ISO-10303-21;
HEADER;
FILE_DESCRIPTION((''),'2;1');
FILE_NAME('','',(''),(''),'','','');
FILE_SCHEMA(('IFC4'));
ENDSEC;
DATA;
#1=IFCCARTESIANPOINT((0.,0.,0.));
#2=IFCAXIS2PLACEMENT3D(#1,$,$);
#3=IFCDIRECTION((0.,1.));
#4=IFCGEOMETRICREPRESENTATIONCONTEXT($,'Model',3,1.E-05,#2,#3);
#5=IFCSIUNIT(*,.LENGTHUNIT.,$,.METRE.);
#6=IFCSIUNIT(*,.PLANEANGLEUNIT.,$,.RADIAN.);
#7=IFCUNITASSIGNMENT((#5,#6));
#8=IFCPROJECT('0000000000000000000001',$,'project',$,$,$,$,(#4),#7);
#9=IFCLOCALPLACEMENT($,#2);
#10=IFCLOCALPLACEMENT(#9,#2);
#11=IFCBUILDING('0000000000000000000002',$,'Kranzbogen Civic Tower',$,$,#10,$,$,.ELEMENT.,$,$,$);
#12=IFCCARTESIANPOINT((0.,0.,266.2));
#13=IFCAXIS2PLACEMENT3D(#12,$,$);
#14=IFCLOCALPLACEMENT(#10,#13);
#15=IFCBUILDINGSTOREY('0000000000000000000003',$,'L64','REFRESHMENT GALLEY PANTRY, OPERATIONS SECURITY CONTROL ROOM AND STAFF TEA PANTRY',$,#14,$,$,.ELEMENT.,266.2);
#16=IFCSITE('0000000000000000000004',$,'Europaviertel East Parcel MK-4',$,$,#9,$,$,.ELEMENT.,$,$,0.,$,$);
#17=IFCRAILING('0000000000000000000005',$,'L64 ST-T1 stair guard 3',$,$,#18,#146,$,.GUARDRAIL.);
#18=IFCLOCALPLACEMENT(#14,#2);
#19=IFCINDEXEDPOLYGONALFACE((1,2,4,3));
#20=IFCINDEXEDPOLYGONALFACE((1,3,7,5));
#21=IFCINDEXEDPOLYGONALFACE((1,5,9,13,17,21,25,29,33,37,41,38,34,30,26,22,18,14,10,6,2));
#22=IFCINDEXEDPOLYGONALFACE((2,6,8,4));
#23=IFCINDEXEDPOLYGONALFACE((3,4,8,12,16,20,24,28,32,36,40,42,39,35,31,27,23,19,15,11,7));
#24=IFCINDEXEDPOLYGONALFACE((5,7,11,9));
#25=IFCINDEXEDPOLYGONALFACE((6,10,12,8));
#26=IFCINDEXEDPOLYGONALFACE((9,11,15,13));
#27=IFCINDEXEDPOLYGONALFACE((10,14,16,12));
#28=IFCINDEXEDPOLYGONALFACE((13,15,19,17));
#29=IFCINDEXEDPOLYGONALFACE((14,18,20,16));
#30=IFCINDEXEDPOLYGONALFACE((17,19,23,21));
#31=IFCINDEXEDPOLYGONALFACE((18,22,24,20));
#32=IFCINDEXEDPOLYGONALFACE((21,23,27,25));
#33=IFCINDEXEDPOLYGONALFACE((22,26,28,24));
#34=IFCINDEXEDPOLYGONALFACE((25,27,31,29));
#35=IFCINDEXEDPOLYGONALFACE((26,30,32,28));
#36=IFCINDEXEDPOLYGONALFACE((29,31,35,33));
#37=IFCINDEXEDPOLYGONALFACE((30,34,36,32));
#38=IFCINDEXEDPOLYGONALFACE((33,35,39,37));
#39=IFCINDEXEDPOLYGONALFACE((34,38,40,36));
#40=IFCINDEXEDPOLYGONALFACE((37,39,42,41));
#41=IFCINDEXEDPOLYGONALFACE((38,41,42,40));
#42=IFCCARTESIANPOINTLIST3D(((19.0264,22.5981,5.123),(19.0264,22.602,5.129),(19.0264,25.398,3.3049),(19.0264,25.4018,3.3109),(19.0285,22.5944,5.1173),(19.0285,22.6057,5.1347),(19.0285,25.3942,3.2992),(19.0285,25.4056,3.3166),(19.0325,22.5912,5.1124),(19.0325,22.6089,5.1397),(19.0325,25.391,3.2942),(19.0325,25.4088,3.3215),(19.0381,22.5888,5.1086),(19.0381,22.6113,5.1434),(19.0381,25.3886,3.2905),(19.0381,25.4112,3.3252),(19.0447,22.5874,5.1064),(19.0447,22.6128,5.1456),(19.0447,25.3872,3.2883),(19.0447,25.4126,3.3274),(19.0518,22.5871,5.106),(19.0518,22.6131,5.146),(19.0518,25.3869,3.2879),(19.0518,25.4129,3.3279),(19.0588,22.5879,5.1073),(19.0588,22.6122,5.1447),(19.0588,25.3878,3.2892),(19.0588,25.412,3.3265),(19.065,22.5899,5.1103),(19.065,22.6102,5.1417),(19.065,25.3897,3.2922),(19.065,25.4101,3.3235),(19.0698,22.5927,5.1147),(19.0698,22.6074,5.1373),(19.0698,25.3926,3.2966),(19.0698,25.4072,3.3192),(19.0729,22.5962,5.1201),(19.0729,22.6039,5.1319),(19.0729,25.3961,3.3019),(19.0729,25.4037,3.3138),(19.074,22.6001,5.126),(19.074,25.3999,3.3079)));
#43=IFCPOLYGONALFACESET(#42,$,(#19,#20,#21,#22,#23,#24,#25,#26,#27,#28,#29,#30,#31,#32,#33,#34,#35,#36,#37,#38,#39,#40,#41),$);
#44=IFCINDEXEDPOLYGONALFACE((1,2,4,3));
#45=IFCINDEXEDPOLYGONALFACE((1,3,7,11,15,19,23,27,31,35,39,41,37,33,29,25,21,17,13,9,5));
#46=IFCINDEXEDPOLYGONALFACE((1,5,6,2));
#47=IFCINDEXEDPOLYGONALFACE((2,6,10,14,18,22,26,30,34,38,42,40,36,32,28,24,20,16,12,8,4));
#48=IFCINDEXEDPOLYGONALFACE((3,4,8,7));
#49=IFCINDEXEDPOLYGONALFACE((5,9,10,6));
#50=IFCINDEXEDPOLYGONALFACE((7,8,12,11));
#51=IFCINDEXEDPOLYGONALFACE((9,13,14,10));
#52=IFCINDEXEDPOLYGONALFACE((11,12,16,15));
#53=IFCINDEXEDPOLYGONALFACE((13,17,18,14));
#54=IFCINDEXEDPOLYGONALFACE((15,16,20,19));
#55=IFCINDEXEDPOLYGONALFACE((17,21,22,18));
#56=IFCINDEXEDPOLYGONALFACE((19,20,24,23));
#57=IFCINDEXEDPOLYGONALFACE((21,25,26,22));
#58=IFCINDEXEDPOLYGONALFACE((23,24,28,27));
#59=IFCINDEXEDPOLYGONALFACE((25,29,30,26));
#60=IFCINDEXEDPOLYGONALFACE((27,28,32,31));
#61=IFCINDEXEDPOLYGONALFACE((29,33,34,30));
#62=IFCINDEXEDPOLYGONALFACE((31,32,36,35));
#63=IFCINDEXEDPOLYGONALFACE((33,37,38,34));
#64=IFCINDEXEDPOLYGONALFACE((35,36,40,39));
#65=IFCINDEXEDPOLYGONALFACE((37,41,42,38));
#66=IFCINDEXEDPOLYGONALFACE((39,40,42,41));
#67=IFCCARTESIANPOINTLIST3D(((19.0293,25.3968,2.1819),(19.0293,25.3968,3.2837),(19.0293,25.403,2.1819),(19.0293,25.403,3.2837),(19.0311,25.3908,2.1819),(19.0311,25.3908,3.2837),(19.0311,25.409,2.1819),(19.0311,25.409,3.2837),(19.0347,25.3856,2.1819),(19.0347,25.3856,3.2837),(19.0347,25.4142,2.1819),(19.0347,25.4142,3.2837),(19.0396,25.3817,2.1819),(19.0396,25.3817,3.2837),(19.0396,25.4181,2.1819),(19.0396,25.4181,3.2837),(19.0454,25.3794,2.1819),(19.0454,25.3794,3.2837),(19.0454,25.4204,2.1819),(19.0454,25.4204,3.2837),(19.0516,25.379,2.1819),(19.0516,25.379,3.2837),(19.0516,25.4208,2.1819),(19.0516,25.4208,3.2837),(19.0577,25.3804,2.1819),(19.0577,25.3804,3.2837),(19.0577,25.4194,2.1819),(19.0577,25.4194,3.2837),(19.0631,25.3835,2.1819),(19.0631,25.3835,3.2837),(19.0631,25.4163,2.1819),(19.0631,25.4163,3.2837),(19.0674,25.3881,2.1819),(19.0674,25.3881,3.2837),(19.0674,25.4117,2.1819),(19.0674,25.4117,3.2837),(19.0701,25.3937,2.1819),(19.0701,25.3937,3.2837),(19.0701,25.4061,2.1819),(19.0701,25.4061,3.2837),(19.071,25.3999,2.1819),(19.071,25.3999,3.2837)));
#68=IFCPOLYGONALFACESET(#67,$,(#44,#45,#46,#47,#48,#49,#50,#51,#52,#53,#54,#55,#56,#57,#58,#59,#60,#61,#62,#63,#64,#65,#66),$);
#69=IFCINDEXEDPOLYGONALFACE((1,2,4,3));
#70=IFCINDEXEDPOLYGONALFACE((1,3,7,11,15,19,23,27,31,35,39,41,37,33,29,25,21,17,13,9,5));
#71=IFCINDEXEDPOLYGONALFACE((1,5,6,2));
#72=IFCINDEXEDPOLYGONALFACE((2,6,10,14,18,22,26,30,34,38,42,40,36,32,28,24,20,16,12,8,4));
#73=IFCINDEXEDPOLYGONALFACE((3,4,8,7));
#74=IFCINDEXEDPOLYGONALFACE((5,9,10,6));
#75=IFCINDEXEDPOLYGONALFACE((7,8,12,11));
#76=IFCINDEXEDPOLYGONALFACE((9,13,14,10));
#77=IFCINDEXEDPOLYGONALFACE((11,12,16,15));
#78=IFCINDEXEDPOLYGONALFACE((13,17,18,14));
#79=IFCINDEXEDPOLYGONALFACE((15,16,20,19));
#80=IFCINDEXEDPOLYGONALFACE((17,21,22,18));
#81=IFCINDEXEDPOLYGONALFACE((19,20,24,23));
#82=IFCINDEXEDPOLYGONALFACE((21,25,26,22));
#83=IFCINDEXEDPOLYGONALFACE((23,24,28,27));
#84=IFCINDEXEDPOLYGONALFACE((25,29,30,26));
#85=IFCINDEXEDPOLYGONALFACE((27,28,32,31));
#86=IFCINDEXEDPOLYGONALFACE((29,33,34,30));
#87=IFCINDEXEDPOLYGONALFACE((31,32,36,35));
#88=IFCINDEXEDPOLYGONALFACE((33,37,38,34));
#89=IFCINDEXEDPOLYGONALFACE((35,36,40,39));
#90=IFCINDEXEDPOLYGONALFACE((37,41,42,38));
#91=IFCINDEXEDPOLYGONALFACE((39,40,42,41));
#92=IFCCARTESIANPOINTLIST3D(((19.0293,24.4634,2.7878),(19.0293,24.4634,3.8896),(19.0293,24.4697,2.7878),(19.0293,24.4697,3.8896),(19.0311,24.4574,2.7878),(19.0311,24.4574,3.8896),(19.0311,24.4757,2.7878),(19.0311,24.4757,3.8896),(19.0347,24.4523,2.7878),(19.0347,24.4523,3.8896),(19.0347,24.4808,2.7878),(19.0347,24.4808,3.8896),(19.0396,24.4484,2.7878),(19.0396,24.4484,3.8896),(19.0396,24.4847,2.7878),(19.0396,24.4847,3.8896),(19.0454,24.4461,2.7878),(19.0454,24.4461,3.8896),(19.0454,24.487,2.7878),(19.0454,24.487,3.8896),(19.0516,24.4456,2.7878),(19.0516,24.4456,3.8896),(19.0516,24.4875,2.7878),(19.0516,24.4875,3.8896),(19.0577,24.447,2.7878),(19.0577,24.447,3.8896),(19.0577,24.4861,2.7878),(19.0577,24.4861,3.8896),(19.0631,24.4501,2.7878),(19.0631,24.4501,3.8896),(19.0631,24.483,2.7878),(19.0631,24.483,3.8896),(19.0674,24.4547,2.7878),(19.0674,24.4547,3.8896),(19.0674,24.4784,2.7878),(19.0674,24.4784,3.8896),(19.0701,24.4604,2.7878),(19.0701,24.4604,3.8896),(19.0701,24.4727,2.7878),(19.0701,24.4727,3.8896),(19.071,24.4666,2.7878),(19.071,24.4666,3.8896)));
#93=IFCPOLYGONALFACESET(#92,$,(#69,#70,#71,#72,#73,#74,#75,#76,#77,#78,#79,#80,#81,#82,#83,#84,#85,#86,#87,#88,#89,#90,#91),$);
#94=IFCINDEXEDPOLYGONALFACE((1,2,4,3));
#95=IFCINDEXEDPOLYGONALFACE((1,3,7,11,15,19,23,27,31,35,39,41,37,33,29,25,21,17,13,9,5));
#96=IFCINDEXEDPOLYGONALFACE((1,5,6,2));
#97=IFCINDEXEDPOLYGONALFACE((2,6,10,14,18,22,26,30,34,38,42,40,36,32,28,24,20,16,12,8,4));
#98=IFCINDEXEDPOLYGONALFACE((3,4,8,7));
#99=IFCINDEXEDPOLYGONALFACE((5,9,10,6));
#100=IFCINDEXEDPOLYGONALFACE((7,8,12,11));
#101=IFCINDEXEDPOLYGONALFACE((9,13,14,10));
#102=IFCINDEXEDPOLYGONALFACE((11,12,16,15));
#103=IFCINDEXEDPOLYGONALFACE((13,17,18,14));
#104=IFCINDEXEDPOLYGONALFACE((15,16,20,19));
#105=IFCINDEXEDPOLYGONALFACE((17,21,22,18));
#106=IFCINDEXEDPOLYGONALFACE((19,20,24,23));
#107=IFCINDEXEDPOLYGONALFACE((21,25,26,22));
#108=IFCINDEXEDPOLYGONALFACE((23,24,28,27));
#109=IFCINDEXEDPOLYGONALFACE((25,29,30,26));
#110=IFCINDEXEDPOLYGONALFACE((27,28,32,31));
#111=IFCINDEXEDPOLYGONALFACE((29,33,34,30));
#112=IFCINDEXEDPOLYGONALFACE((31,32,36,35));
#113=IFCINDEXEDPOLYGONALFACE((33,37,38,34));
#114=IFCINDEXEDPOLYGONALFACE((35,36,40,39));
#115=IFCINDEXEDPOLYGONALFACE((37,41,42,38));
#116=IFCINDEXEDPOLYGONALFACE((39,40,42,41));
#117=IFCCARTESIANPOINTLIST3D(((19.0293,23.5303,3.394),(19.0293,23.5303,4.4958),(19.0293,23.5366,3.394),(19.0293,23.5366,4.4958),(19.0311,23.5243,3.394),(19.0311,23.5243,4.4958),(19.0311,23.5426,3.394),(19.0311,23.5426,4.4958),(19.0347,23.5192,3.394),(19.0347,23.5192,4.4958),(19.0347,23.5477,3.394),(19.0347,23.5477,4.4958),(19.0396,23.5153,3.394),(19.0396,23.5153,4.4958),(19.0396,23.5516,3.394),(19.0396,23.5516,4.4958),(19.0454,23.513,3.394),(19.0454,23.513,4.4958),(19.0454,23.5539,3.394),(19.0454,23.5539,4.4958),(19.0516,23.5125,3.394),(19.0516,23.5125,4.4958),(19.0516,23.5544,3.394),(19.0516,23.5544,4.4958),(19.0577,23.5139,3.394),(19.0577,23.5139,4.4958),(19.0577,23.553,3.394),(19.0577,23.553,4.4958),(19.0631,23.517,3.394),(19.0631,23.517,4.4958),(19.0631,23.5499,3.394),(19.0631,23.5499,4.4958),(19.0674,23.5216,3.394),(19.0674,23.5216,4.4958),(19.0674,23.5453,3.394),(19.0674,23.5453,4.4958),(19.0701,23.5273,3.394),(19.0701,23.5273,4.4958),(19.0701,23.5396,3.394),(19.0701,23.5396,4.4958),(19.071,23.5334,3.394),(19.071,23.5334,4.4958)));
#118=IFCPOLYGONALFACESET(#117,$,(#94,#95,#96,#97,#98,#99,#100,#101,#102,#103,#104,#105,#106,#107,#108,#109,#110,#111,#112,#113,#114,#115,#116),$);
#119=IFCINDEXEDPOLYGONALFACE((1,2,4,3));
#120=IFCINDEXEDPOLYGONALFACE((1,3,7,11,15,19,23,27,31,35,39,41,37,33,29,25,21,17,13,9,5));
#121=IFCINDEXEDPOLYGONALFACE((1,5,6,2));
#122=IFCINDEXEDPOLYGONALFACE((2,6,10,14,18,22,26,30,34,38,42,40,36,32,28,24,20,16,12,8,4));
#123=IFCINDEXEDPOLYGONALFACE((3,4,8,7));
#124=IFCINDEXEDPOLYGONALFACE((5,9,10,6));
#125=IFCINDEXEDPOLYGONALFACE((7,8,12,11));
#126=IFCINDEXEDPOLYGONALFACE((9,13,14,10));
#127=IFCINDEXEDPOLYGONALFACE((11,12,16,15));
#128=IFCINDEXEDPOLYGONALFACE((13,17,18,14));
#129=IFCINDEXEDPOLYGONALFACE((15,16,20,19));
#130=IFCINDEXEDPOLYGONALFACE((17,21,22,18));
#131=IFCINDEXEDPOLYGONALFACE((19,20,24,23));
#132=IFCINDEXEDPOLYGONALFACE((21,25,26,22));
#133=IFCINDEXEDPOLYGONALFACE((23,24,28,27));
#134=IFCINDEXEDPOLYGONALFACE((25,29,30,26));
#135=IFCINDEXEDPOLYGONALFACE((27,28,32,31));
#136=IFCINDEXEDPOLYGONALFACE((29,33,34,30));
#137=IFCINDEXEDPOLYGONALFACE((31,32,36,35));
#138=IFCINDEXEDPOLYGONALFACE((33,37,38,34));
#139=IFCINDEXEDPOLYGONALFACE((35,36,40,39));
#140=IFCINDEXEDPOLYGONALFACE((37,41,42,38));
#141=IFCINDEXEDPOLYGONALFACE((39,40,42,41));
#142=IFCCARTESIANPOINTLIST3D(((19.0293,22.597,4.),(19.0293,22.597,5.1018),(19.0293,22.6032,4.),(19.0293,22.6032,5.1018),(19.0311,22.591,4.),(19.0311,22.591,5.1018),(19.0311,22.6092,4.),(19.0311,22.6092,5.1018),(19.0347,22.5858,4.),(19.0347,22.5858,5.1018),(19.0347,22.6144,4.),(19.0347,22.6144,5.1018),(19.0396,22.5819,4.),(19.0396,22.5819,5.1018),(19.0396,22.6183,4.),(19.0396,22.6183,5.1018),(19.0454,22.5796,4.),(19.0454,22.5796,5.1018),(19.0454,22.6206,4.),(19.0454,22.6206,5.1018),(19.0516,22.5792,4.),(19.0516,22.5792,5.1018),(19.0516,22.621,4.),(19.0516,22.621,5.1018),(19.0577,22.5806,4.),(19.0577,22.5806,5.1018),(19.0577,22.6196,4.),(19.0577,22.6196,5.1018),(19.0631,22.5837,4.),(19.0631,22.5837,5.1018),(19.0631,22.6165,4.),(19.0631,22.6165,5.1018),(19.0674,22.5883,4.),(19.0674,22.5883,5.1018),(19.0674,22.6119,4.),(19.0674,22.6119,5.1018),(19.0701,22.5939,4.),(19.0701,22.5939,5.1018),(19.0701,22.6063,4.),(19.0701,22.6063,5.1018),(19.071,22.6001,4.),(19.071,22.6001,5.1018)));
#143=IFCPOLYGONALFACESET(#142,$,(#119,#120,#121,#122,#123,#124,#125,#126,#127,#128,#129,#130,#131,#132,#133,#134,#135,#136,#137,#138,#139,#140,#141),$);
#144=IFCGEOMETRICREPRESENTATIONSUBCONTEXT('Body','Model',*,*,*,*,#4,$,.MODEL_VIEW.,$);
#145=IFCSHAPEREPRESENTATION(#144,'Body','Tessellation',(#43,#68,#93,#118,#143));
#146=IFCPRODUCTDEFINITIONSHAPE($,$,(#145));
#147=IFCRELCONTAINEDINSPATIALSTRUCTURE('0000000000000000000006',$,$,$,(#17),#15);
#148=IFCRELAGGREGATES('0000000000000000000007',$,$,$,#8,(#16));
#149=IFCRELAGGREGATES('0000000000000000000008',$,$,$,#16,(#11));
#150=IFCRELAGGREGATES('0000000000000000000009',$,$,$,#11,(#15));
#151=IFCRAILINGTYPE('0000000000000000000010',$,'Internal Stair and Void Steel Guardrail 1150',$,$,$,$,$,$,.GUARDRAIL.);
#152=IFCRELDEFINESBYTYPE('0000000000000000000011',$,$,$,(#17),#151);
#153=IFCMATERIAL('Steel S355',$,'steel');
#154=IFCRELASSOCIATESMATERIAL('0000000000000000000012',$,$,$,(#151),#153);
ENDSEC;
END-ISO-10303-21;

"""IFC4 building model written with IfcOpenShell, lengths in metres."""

from ifc_helpers import new_model, si_unit, direction, frame, origin, origin_2d, place, context, subcontext, project, spatial, circle, extrude, material, type_object, element, save


model = new_model("IFC4")

# Units and contexts
model_context = context("Model", 3, precision=1e-05, world=origin(), true_north=direction((0.0, 1.0)))
body_context = subcontext(model_context, "Body", "Model", "MODEL_VIEW")
ifc_project = project(units=[si_unit("LENGTHUNIT", "METRE"), si_unit("PLANEANGLEUNIT", "RADIAN")], contexts=[model_context])

# Site, building, storey
site_placement = place(None, origin())
site = spatial("IfcSite", under=ifc_project, at=site_placement, Name="Europaviertel East Parcel MK-4", CompositionType="ELEMENT", RefElevation=0.0)
building_placement = place(site_placement, origin())
building = spatial("IfcBuilding", under=site, at=building_placement, Name="Kranzbogen Civic Tower", CompositionType="ELEMENT")
storey_placement = place(building_placement, frame((0.0, 0.0, 266.2)))
storey = spatial("IfcBuildingStorey", under=building, at=storey_placement, Name="L64", Description="REFRESHMENT GALLEY PANTRY, OPERATIONS SECURITY CONTROL ROOM AND STAFF TEA PANTRY", CompositionType="ELEMENT", Elevation=266.2)

# Shared definitions
ifc_material_1 = material(Name="Steel S355", Category="steel")

# Railing
railing_type = type_object("IfcRailingType", Name="Internal Stair and Void Steel Guardrail 1150", PredefinedType="GUARDRAIL", material=ifc_material_1)
railing_1_placement = place(storey_placement, frame((19.05, 25.3999, 2.1819)))
element("IfcRailing", 1, at=railing_1_placement, inside=storey, type_object=railing_type, Name="L64 ST-T1 stair guard 3", PredefinedType="GUARDRAIL", context=body_context, shape_type="SweptSolid", body=[
    extrude(circle(Radius=0.0239, at=origin_2d()), frame((0.0, 0.0, 1.126), z_axis=(0.0, -0.838684, 0.544618), x_axis=(1.0, 0.0, 0.0)), (0.0, 0.0, 1.0), 3.3384),
    extrude(circle(Radius=0.021, at=origin_2d()), origin(), (0.0, 0.0, 1.0), 1.1018),
    extrude(circle(Radius=0.021, at=origin_2d()), frame((0.0, -0.9333, 0.606)), (0.0, 0.0, 1.0), 1.1018),
    extrude(circle(Radius=0.021, at=origin_2d()), frame((0.0, -1.8665, 1.2122)), (0.0, 0.0, 1.0), 1.1018),
    extrude(circle(Radius=0.021, at=origin_2d()), frame((0.0, -2.7998, 1.8181)), (0.0, 0.0, 1.0), 1.1018),
])

save(model, "model.ifc")
